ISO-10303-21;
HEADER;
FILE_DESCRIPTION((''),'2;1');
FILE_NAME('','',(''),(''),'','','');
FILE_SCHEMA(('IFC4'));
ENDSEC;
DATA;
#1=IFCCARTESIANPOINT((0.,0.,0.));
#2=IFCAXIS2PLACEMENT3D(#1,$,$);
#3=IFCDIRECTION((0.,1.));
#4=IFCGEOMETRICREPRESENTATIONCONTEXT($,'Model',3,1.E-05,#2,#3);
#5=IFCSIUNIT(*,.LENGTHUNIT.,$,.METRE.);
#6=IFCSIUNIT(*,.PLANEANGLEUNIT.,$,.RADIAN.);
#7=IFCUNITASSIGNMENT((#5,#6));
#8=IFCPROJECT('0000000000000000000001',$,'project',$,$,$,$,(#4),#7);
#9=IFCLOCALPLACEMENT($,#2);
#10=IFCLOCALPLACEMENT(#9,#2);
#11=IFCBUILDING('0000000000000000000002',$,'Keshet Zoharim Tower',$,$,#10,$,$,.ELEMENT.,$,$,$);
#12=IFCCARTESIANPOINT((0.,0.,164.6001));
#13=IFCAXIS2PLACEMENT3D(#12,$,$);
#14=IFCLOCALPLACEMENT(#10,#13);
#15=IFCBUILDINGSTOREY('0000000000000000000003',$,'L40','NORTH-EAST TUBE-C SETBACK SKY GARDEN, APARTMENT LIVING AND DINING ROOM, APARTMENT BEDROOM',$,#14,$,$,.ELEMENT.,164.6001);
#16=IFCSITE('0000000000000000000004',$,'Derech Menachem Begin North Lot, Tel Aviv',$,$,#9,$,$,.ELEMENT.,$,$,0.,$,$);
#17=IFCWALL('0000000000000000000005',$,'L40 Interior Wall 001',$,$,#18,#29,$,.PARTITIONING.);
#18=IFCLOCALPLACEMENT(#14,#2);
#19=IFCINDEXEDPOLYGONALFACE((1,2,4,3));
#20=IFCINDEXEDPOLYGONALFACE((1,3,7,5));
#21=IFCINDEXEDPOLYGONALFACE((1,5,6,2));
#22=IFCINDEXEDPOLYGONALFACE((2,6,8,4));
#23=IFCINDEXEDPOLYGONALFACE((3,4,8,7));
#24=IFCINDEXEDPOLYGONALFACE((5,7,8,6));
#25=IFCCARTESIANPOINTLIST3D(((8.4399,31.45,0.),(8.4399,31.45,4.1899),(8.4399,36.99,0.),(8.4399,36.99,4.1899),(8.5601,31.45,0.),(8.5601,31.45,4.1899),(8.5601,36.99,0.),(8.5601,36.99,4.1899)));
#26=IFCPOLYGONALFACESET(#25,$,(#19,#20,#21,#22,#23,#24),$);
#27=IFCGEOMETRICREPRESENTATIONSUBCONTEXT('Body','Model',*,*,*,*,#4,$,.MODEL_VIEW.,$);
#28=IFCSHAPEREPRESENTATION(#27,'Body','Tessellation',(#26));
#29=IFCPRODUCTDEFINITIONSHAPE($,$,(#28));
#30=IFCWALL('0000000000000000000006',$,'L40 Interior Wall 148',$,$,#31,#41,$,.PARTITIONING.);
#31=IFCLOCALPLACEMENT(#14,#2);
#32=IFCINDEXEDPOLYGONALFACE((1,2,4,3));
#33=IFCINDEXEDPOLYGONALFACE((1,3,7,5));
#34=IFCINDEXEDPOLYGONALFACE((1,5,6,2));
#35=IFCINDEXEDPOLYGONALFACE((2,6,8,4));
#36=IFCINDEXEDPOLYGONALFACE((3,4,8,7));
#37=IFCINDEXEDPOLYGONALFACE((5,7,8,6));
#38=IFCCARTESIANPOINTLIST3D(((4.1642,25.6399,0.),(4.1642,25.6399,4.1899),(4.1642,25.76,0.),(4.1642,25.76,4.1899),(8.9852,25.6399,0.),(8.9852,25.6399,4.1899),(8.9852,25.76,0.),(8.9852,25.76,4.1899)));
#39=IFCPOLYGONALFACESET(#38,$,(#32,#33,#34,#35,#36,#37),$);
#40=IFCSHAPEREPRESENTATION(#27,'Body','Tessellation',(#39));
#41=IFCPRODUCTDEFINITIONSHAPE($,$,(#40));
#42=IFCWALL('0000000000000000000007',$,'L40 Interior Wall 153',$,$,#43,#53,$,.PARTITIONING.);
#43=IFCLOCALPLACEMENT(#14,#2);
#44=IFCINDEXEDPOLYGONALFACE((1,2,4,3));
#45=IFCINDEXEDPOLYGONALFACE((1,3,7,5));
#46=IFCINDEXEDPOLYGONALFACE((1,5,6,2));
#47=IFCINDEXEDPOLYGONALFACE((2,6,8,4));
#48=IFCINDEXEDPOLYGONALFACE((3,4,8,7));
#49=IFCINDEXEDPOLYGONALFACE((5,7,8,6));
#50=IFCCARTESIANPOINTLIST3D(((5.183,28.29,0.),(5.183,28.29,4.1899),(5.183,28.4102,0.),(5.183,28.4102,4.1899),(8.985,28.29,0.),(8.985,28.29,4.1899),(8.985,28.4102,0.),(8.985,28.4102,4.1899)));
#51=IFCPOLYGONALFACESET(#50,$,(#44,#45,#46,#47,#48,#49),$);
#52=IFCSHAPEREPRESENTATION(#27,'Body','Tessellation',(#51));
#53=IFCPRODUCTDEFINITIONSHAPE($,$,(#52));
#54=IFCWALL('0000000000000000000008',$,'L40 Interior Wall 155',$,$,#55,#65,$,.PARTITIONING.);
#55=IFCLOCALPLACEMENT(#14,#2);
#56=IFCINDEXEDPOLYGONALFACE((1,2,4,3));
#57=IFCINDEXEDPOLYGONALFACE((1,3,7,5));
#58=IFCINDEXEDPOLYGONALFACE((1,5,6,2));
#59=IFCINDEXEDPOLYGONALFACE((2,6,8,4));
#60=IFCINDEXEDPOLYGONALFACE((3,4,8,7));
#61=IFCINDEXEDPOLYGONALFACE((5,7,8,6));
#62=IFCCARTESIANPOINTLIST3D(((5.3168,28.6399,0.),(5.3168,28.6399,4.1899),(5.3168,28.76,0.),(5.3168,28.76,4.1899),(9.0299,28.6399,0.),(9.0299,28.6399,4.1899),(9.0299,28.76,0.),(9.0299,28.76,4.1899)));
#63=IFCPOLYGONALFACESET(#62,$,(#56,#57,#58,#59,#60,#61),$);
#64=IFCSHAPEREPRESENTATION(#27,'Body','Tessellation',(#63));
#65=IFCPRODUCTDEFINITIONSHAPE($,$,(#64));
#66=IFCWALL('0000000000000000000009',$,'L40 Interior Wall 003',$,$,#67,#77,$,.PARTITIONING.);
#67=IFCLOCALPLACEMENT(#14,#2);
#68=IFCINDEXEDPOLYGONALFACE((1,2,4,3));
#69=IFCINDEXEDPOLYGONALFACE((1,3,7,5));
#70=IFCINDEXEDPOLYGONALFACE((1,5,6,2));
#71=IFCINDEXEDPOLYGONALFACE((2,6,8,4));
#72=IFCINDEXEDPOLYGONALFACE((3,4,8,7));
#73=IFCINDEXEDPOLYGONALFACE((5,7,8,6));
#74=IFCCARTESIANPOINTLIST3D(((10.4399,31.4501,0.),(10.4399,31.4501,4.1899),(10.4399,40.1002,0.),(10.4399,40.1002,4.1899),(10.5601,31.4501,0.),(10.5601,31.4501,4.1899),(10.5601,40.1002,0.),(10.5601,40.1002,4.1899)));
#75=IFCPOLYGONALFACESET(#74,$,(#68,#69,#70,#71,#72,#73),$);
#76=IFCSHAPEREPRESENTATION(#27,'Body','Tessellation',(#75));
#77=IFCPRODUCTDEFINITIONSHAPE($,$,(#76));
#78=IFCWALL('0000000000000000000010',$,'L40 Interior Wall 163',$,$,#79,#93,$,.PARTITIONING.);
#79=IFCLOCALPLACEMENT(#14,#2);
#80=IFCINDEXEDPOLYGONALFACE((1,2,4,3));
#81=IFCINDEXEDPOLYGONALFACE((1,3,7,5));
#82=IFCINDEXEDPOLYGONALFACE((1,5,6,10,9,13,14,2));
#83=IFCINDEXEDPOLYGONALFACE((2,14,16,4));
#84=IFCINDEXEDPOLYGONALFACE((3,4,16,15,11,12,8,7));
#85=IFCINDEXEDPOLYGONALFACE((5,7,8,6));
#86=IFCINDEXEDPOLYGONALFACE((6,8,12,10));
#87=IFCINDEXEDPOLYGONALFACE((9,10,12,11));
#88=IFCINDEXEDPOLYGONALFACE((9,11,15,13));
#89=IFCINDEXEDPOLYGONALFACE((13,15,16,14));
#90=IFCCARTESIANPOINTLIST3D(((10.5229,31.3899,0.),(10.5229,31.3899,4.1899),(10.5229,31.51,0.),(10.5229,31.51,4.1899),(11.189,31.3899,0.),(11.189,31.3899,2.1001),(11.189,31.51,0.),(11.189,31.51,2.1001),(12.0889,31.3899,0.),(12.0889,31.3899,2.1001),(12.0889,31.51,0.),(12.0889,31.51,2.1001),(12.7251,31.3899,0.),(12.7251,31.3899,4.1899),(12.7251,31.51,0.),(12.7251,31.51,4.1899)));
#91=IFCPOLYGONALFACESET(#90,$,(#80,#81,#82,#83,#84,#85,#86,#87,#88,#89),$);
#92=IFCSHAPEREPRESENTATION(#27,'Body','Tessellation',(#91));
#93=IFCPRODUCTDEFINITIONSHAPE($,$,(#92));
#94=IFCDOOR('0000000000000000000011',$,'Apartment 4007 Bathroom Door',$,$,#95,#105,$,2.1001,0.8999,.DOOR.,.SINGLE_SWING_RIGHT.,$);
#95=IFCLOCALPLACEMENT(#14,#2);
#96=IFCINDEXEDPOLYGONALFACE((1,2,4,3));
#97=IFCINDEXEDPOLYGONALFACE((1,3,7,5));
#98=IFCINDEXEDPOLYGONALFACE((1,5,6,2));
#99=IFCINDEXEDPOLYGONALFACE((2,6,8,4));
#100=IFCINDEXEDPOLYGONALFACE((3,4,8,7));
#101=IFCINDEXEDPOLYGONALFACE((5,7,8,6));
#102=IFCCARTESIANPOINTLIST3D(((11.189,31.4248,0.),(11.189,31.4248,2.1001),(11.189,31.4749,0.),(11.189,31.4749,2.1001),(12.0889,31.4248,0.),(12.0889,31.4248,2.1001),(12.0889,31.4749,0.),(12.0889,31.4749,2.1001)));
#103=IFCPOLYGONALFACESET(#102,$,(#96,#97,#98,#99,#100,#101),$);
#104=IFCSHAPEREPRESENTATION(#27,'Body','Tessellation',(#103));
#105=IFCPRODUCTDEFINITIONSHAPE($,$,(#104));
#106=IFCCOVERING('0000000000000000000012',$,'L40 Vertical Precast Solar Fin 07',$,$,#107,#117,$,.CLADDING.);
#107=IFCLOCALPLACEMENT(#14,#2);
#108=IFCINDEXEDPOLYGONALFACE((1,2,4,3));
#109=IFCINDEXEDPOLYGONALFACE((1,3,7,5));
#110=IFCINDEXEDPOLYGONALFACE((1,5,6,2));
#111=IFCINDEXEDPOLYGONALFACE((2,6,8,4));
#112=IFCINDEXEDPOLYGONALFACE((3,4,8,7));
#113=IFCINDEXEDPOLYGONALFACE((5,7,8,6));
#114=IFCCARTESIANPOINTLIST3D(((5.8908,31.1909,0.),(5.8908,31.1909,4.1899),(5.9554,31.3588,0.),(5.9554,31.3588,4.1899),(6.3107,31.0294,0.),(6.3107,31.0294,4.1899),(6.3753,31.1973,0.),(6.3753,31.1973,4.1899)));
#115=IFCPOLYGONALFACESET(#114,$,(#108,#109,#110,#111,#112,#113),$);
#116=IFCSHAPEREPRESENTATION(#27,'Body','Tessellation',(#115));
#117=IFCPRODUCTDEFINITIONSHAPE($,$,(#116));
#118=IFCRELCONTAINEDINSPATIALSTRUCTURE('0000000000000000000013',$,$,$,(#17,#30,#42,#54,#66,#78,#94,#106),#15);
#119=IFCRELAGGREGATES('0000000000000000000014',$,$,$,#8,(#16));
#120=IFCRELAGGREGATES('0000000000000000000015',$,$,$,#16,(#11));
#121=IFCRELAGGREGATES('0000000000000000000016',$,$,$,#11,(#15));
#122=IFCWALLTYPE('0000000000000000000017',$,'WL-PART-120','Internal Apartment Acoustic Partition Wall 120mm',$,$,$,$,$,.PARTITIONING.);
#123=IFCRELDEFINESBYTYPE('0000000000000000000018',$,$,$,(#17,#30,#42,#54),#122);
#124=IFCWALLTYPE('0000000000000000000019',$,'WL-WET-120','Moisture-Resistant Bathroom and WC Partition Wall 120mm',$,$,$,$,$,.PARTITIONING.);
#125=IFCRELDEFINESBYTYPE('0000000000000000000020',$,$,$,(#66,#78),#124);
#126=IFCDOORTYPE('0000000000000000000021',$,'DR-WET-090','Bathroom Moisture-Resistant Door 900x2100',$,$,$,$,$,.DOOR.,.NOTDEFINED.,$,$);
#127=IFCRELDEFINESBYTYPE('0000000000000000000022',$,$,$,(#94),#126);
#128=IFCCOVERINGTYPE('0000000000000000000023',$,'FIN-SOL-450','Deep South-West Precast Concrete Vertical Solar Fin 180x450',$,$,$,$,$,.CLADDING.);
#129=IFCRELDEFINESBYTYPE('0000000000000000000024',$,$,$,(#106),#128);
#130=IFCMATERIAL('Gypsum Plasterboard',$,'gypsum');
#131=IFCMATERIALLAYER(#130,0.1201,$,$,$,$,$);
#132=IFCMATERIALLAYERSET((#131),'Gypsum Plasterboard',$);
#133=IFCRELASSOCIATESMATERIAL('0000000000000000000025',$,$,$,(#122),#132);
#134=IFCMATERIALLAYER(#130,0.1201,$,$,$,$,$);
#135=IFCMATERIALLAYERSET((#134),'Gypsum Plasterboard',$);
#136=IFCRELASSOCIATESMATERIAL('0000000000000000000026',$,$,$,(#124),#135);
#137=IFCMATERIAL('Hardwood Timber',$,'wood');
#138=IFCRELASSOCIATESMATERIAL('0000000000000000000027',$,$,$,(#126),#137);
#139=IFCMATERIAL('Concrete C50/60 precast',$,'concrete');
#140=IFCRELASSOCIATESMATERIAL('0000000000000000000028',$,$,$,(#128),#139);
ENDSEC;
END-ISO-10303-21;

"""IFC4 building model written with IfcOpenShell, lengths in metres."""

from ifc_helpers import new_model, si_unit, direction, frame, frame_2d, origin, origin_2d, place, context, subcontext, project, spatial, rectangle, extrude, material, layer, layer_set, type_object, element, fill, save


model = new_model("IFC4")

# Units and contexts
model_context = context("Model", 3, precision=1e-05, world=origin(), true_north=direction((0.0, 1.0)))
body_context = subcontext(model_context, "Body", "Model", "MODEL_VIEW")
ifc_project = project(units=[si_unit("LENGTHUNIT", "METRE"), si_unit("PLANEANGLEUNIT", "RADIAN")], contexts=[model_context])

# Site, building, storey
site_placement = place(None, origin())
site = spatial("IfcSite", under=ifc_project, at=site_placement, Name="Derech Menachem Begin North Lot, Tel Aviv", CompositionType="ELEMENT", RefElevation=0.0)
building_placement = place(site_placement, origin())
building = spatial("IfcBuilding", under=site, at=building_placement, Name="Keshet Zoharim Tower", CompositionType="ELEMENT")
storey_placement = place(building_placement, frame((0.0, 0.0, 164.6001)))
storey = spatial("IfcBuildingStorey", under=building, at=storey_placement, Name="L40", Description="NORTH-EAST TUBE-C SETBACK SKY GARDEN, APARTMENT LIVING AND DINING ROOM, APARTMENT BEDROOM", CompositionType="ELEMENT", Elevation=164.6001)

# Shared definitions
ifc_material_1 = material(Name="Hardwood Timber", Category="wood")

# Shared definitions
ifc_material_2 = material(Name="Gypsum Plasterboard", Category="gypsum")

# Wall
ifc_layer_1 = layer(ifc_material_2, 0.1201)
ifc_layer_set_1 = layer_set([ifc_layer_1], Name="Gypsum Plasterboard")
wall_type_1 = type_object("IfcWallType", Name="WL-PART-120", Description="Internal Apartment Acoustic Partition Wall 120mm", PredefinedType="PARTITIONING", material=ifc_layer_set_1)
wall_1_placement = place(storey_placement, frame((8.5, 31.45, 0.0), z_axis=(0.0, 0.0, 1.0), x_axis=(0.0, 1.0, 0.0)))
element("IfcWall", 1, at=wall_1_placement, inside=storey, type_object=wall_type_1, Name="L40 Interior Wall 001", PredefinedType="PARTITIONING", context=body_context, shape_type="SweptSolid", body=[
    extrude(rectangle(XDim=5.54, YDim=0.1201, at=frame_2d((2.77, 0.0))), origin(), (0.0, 0.0, 1.0), 4.1899),
])

# Walls
wall_2_placement = place(storey_placement, frame((4.1641, 25.7, 0.0), z_axis=(0.0, 0.0, 1.0), x_axis=(1.0, 0.0, 0.0)))
element("IfcWall", 2, at=wall_2_placement, inside=storey, type_object=wall_type_1, Name="L40 Interior Wall 148", PredefinedType="PARTITIONING", context=body_context, shape_type="SweptSolid", body=[
    extrude(rectangle(XDim=4.821, YDim=0.1201, at=frame_2d((2.4106, 0.0))), origin(), (0.0, 0.0, 1.0), 4.1899),
])
wall_3_placement = place(storey_placement, frame((5.1831, 28.3501, 0.0), z_axis=(0.0, 0.0, 1.0), x_axis=(1.0, 0.0, 0.0)))
element("IfcWall", 3, at=wall_3_placement, inside=storey, type_object=wall_type_1, Name="L40 Interior Wall 153", PredefinedType="PARTITIONING", context=body_context, shape_type="SweptSolid", body=[
    extrude(rectangle(XDim=3.802, YDim=0.1201, at=frame_2d((1.9009, 0.0))), origin(), (0.0, 0.0, 1.0), 4.1899),
])
wall_4_placement = place(storey_placement, frame((5.3169, 28.7, 0.0), z_axis=(0.0, 0.0, 1.0), x_axis=(1.0, 0.0, 0.0)))
element("IfcWall", 4, at=wall_4_placement, inside=storey, type_object=wall_type_1, Name="L40 Interior Wall 155", PredefinedType="PARTITIONING", context=body_context, shape_type="SweptSolid", body=[
    extrude(rectangle(XDim=3.7131, YDim=0.1201, at=frame_2d((1.8564, 0.0))), origin(), (0.0, 0.0, 1.0), 4.1899),
])

# Wall
ifc_layer_2 = layer(ifc_material_2, 0.1201)
ifc_layer_set_2 = layer_set([ifc_layer_2], Name="Gypsum Plasterboard")
wall_type_2 = type_object("IfcWallType", Name="WL-WET-120", Description="Moisture-Resistant Bathroom and WC Partition Wall 120mm", PredefinedType="PARTITIONING", material=ifc_layer_set_2)
wall_5_placement = place(storey_placement, frame((10.5, 31.45, 0.0), z_axis=(0.0, 0.0, 1.0), x_axis=(0.0, 1.0, 0.0)))
element("IfcWall", 5, at=wall_5_placement, inside=storey, type_object=wall_type_2, Name="L40 Interior Wall 003", PredefinedType="PARTITIONING", context=body_context, shape_type="SweptSolid", body=[
    extrude(rectangle(XDim=8.6501, YDim=0.1201, at=frame_2d((4.3252, 0.0))), origin(), (0.0, 0.0, 1.0), 4.1899),
])

# Wall, opening, door
wall_6_placement = place(storey_placement, frame((10.5229, 31.45, 0.0), z_axis=(0.0, 0.0, 1.0), x_axis=(1.0, 0.0, 0.0)))
wall_6 = element("IfcWall", 6, at=wall_6_placement, inside=storey, type_object=wall_type_2, Name="L40 Interior Wall 163", PredefinedType="PARTITIONING", context=body_context, shape_type="SweptSolid", body=[
    extrude(rectangle(XDim=2.2021, YDim=0.1201, at=frame_2d((1.1011, 0.0))), origin(), (0.0, 0.0, 1.0), 4.1899),
])
opening_1_placement = place(wall_6_placement, frame((0.666, 0.0, 0.0)))
opening_1 = element("IfcOpeningElement", 7, at=opening_1_placement, cuts=wall_6, PredefinedType="OPENING", context=body_context, shape_type="SweptSolid", body=[
    extrude(rectangle(XDim=0.8999, YDim=2.1001, at=frame_2d((0.45, 1.05))), frame((0.0, 0.0701, 0.0), z_axis=(0.0, -1.0, 0.0), x_axis=(1.0, 0.0, 0.0)), (0.0, 0.0, 1.0), 0.1401),
])
door_type_1 = type_object("IfcDoorType", Name="DR-WET-090", Description="Bathroom Moisture-Resistant Door 900x2100", OperationType="NOTDEFINED", PredefinedType="DOOR", material=ifc_material_1)
door_1_placement = place(opening_1_placement, origin())
door_1 = element("IfcDoor", 8, at=door_1_placement, inside=storey, type_object=door_type_1, Name="Apartment 4007 Bathroom Door", OperationType="SINGLE_SWING_RIGHT", OverallHeight=2.1001, OverallWidth=0.8999, PredefinedType="DOOR", context=body_context, shape_type="SweptSolid", body=[
    extrude(rectangle(XDim=0.8999, YDim=2.1001, at=frame_2d((0.45, 1.05))), frame((0.0, 0.0249, 0.0), z_axis=(0.0, -1.0, 0.0), x_axis=(1.0, 0.0, 0.0)), (0.0, 0.0, 1.0), 0.05),
])
fill(opening_1, door_1)

# Covering
ifc_material_3 = material(Name="Concrete C50/60 precast", Category="concrete")
covering_type = type_object("IfcCoveringType", Name="FIN-SOL-450", Description="Deep South-West Precast Concrete Vertical Solar Fin 180x450", PredefinedType="CLADDING", material=ifc_material_3)
covering_placement = place(storey_placement, frame((6.1331, 31.1941, 0.0), z_axis=(0.0, 0.0, 1.0), x_axis=(0.35899, 0.933341, 0.0)))
element("IfcCovering", 9, at=covering_placement, inside=storey, type_object=covering_type, Name="L40 Vertical Precast Solar Fin 07", PredefinedType="CLADDING", context=body_context, shape_type="SweptSolid", body=[
    extrude(rectangle(XDim=0.1799, YDim=0.45, at=origin_2d()), origin(), (0.0, 0.0, 1.0), 4.1899),
])

save(model, "model.ifc")
